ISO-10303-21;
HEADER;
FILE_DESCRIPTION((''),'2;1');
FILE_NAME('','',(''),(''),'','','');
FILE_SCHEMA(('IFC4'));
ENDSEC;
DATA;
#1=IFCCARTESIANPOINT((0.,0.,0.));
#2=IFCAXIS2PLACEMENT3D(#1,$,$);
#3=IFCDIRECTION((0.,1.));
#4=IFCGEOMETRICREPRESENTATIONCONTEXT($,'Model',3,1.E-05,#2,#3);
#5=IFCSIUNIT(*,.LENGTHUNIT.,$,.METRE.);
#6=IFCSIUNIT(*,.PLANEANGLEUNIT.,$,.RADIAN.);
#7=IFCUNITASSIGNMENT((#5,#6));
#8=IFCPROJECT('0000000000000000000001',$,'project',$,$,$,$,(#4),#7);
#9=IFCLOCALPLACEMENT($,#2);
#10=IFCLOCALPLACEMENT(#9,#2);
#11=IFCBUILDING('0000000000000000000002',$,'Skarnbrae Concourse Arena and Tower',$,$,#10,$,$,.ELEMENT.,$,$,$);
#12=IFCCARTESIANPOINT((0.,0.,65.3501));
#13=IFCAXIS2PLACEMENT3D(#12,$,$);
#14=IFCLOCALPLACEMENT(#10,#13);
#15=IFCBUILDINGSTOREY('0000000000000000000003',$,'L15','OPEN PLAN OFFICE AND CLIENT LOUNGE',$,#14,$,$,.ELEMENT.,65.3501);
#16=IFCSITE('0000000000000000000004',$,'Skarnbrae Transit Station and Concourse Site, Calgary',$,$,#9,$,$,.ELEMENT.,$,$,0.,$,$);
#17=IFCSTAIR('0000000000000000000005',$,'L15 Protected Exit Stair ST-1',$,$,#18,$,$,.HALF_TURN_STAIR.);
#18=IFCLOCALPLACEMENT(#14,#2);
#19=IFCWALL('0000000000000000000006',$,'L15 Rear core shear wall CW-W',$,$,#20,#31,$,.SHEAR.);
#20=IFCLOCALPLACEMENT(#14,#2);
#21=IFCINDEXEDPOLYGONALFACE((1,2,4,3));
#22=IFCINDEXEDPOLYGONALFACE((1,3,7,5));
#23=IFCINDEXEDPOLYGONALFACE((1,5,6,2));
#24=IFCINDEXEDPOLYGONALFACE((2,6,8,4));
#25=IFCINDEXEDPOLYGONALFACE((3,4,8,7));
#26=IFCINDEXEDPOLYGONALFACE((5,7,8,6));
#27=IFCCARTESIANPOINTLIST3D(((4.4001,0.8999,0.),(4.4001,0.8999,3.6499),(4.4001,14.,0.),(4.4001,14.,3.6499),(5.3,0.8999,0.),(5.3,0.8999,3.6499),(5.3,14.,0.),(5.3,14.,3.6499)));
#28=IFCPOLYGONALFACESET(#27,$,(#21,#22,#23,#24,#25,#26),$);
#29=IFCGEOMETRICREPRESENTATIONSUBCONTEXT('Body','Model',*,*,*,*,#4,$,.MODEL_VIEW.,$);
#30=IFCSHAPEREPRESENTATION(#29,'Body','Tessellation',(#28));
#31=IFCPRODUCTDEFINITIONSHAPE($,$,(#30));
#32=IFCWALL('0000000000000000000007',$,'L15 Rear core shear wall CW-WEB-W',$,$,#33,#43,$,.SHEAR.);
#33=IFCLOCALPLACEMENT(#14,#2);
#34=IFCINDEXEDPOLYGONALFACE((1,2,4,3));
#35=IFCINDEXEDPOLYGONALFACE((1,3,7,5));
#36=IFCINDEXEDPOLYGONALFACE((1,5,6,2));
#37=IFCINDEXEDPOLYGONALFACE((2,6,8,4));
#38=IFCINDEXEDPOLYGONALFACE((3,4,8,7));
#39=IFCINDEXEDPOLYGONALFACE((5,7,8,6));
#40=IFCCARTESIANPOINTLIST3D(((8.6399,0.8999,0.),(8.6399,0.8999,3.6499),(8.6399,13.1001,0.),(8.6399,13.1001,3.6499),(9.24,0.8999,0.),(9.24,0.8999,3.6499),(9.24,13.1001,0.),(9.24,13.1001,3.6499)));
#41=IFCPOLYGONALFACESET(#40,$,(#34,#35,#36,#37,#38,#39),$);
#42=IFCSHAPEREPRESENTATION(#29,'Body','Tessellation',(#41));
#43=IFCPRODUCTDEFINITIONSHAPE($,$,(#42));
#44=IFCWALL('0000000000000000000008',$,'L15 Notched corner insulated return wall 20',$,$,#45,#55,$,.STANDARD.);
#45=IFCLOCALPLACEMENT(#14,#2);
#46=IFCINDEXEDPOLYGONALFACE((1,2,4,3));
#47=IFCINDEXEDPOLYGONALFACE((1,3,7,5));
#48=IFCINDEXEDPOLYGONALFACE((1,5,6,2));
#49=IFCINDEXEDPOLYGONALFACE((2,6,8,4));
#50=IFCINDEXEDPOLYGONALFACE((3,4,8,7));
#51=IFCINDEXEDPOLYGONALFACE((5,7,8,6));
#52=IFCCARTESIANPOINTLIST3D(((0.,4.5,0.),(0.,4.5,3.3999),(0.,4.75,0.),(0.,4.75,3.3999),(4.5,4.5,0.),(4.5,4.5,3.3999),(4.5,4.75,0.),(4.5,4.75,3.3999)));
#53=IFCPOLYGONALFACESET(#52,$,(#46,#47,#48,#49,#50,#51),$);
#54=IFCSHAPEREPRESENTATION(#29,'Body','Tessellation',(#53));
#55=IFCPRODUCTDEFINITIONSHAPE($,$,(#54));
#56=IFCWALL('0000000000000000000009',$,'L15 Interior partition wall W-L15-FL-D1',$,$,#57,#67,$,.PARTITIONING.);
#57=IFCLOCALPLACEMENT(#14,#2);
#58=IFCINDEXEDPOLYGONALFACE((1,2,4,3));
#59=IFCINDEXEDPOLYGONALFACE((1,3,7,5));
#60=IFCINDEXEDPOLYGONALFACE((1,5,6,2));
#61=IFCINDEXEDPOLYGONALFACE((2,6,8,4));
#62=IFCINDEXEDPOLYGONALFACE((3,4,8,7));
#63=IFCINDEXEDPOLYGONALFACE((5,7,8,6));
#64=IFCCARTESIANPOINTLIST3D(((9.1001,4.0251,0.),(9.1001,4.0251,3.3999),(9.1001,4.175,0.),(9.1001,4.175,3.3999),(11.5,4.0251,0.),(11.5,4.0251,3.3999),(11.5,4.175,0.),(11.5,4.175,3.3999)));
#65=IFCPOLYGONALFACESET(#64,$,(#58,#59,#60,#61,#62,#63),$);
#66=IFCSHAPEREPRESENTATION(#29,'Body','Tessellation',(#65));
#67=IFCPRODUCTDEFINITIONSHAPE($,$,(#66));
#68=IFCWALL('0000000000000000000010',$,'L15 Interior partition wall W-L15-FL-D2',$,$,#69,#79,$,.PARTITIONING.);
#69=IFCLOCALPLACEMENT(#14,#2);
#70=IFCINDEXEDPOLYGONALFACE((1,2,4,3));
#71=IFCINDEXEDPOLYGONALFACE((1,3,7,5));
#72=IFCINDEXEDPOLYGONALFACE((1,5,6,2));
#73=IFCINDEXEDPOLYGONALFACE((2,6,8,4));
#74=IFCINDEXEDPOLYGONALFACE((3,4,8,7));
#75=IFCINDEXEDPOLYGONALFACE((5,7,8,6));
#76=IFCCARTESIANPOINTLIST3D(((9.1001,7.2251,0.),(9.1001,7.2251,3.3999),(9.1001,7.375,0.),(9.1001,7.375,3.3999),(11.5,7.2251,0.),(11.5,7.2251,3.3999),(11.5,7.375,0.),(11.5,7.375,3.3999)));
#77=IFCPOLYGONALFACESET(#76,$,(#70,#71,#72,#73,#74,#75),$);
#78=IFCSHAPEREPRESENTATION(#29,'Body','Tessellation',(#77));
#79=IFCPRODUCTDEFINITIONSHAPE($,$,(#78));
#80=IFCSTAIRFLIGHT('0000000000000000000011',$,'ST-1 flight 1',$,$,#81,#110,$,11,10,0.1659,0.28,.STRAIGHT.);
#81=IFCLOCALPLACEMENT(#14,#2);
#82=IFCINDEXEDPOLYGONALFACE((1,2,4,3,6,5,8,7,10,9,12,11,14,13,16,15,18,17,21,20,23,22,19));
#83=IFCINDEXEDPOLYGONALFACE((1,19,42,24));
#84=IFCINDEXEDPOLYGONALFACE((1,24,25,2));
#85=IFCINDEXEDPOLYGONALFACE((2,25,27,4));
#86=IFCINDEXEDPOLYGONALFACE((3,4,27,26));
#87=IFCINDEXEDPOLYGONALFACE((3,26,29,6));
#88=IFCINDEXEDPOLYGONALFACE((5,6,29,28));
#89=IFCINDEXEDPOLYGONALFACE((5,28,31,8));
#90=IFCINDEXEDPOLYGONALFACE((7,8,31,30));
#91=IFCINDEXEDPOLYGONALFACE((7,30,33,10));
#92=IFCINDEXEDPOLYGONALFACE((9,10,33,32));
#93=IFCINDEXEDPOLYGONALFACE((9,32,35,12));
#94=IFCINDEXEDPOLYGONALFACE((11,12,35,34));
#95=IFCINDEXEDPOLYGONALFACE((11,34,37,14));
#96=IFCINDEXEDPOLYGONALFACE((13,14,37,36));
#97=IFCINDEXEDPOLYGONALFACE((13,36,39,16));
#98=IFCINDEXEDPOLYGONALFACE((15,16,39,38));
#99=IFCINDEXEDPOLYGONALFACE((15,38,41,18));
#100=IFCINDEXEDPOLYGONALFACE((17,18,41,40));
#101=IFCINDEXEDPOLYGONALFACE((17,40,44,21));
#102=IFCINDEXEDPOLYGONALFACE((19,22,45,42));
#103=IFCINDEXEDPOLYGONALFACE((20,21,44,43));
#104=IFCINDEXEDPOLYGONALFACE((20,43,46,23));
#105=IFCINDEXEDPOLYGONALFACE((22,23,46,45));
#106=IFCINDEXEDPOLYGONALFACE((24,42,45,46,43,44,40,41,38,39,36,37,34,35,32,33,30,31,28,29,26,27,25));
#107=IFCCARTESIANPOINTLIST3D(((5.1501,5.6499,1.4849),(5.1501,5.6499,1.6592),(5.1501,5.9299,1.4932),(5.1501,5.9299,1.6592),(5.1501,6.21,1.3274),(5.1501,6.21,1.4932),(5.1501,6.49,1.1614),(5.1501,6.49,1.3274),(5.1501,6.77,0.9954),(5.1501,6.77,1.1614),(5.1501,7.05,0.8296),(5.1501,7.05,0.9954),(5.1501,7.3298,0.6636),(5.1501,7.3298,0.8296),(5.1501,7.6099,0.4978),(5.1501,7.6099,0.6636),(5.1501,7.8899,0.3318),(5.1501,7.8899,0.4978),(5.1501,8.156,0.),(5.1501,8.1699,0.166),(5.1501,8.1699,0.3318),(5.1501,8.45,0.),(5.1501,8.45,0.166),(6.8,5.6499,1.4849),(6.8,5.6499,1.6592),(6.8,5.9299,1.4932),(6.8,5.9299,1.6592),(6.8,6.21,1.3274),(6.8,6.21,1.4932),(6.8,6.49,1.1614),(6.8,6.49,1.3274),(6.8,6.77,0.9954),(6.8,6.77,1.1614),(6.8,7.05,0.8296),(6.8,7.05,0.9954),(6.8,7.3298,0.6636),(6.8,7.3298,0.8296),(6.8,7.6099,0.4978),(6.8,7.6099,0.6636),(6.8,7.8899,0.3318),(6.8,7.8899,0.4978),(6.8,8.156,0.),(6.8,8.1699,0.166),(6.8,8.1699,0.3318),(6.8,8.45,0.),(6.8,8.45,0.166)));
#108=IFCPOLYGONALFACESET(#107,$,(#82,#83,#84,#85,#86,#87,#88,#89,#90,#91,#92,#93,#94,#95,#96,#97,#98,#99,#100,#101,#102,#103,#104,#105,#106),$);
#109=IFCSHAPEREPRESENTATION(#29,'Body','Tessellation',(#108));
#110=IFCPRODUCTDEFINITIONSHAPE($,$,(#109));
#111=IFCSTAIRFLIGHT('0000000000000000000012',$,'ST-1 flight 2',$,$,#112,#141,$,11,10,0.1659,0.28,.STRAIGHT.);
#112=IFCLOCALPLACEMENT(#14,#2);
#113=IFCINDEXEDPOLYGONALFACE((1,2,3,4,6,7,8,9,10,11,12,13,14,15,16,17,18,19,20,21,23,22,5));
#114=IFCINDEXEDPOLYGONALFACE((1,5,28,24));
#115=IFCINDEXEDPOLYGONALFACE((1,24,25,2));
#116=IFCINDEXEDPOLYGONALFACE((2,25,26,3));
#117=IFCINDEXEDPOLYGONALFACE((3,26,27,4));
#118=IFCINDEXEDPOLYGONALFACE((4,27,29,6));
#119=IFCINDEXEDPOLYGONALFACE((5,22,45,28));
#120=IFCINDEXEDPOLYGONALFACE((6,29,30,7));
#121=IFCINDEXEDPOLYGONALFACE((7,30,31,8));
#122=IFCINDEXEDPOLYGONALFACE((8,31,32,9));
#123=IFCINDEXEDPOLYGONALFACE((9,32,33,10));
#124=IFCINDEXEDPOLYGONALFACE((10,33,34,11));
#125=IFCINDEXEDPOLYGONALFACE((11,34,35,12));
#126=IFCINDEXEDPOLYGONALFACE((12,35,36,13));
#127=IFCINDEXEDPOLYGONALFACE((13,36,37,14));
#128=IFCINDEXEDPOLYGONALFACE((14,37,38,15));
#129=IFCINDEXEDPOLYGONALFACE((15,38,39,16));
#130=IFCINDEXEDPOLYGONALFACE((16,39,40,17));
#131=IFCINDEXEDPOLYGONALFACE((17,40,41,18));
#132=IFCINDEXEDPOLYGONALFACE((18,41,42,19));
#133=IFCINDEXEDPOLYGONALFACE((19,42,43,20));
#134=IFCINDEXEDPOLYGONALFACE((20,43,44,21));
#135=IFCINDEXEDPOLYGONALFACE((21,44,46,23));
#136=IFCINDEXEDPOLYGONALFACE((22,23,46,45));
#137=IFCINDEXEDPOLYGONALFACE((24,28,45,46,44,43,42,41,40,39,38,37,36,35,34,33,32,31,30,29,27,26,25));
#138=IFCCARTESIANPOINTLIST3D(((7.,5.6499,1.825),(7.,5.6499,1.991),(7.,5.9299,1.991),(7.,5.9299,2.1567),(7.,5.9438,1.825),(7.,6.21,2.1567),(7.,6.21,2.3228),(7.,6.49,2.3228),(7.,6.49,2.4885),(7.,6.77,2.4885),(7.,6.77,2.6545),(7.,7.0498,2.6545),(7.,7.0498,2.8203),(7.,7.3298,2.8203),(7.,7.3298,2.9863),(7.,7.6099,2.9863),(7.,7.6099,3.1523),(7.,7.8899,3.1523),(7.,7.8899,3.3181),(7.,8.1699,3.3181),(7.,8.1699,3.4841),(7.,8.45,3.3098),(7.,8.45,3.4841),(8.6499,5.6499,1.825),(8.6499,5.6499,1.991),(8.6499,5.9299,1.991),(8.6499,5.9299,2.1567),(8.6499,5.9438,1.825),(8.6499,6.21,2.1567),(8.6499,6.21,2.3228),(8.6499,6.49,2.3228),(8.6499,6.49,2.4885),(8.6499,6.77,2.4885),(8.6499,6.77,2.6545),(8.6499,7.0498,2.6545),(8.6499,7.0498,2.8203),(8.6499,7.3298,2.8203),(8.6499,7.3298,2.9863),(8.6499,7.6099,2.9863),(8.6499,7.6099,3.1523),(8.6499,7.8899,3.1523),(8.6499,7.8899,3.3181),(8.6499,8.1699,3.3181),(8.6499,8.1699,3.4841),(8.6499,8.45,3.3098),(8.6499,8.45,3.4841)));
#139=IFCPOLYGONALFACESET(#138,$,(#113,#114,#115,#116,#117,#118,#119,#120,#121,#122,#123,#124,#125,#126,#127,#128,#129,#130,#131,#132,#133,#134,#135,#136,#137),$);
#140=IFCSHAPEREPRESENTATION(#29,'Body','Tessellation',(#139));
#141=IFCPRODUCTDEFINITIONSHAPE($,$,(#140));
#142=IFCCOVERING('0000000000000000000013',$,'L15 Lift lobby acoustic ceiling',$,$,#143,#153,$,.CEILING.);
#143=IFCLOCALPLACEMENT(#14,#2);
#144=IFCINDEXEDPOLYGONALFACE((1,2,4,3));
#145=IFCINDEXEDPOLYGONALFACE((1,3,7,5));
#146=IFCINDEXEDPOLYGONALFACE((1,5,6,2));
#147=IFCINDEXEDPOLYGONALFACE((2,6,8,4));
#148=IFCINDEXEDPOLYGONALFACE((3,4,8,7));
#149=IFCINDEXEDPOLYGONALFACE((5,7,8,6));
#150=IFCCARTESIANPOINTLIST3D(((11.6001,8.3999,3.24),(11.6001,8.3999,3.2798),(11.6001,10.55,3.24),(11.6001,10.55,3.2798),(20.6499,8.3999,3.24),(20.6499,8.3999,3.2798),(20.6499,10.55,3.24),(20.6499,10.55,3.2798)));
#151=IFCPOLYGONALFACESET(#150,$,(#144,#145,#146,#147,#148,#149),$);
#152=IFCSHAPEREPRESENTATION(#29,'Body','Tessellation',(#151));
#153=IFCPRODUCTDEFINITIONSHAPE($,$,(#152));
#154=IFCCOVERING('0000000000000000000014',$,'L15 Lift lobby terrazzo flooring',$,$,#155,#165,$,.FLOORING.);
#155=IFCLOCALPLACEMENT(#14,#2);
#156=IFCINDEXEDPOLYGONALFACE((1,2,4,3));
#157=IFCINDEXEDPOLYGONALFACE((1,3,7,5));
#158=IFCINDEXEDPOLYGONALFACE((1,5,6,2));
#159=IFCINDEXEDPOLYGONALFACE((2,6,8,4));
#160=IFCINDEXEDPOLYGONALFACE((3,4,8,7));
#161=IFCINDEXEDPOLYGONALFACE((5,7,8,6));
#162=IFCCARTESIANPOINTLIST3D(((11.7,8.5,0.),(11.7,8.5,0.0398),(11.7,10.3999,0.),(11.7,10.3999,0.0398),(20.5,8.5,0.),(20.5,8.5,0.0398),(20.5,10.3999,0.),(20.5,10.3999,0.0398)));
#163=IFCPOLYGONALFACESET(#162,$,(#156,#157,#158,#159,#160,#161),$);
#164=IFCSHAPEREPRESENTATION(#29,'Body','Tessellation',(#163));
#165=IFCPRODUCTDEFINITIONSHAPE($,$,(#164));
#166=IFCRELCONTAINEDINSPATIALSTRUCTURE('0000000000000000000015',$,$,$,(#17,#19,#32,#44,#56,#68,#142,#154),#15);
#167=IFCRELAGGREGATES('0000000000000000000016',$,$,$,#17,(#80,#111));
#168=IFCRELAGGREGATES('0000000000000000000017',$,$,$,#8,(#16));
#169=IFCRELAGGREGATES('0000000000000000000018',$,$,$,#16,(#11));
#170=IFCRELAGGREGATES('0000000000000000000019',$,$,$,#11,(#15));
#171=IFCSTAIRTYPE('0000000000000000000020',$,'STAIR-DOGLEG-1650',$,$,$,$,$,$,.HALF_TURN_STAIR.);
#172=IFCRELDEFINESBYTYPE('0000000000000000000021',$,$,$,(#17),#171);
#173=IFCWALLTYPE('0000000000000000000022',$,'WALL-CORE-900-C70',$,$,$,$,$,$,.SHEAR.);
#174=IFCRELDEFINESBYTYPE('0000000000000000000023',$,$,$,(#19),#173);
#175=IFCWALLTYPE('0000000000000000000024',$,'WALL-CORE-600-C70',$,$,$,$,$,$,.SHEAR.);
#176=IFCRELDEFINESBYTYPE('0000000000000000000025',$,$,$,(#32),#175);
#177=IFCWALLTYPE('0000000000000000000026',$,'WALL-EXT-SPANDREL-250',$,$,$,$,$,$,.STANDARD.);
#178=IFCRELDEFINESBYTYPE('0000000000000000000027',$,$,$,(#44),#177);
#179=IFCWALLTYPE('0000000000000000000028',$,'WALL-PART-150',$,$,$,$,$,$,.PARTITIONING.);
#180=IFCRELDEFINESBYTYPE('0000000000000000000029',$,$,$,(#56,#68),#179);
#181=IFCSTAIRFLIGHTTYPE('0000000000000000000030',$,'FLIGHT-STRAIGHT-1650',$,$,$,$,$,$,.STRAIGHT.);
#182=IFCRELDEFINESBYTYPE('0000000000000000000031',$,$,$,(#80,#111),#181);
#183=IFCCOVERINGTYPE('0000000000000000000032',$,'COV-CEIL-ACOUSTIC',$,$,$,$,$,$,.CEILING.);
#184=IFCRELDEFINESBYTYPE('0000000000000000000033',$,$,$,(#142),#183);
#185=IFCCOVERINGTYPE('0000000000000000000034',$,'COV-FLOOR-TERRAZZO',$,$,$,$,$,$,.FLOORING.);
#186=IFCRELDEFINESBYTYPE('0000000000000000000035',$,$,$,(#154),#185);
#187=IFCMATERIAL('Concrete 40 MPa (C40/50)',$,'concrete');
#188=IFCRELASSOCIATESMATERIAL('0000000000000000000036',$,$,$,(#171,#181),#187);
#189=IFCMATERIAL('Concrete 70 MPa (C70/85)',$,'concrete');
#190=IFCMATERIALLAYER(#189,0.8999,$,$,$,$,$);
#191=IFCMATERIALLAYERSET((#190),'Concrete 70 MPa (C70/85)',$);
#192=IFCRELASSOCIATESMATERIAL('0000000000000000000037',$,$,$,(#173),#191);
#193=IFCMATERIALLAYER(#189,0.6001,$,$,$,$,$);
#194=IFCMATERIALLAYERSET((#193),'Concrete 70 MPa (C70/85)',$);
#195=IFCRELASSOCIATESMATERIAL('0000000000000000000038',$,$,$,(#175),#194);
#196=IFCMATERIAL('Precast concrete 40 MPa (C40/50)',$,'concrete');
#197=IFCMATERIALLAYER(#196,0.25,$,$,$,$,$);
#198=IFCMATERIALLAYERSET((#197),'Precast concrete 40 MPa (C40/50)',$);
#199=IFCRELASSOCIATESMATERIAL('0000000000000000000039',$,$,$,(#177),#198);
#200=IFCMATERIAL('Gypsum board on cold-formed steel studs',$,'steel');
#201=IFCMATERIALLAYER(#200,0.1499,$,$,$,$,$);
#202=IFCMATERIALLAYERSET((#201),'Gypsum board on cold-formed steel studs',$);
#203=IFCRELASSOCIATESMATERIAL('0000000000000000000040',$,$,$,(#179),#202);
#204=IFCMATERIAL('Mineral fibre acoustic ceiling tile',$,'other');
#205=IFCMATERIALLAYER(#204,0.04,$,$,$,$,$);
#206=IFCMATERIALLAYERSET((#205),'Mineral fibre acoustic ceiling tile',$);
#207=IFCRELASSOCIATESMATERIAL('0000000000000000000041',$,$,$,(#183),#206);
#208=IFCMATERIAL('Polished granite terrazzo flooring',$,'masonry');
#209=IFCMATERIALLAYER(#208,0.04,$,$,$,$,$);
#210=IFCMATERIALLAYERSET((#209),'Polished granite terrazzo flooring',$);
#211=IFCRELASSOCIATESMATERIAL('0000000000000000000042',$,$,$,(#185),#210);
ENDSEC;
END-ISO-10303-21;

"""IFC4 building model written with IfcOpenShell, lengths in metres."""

from ifc_helpers import new_model, si_unit, direction, frame, frame_2d, origin, place, context, subcontext, project, spatial, polyline, rectangle, outline, extrude, source, transform, mapped, material, layer, layer_set, type_object, element, aggregate, save


model = new_model("IFC4")

# Units and contexts
model_context = context("Model", 3, precision=1e-05, world=origin(), true_north=direction((0.0, 1.0)))
body_context = subcontext(model_context, "Body", "Model", "MODEL_VIEW")
ifc_project = project(units=[si_unit("LENGTHUNIT", "METRE"), si_unit("PLANEANGLEUNIT", "RADIAN")], contexts=[model_context])

# Site, building, storey
site_placement = place(None, origin())
site = spatial("IfcSite", under=ifc_project, at=site_placement, Name="Skarnbrae Transit Station and Concourse Site, Calgary", CompositionType="ELEMENT", RefElevation=0.0)
building_placement = place(site_placement, origin())
building = spatial("IfcBuilding", under=site, at=building_placement, Name="Skarnbrae Concourse Arena and Tower", CompositionType="ELEMENT")
storey_placement = place(building_placement, frame((0.0, 0.0, 65.3501)))
storey = spatial("IfcBuildingStorey", under=building, at=storey_placement, Name="L15", Description="OPEN PLAN OFFICE AND CLIENT LOUNGE", CompositionType="ELEMENT", Elevation=65.3501)

# Stair
ifc_material_1 = material(Name="Concrete 40 MPa (C40/50)", Category="concrete")
stair_type = type_object("IfcStairType", Name="STAIR-DOGLEG-1650", PredefinedType="HALF_TURN_STAIR", material=ifc_material_1)
stair_1_placement = place(storey_placement, origin())
stair_1 = element("IfcStair", 1, at=stair_1_placement, inside=storey, type_object=stair_type, Name="L15 Protected Exit Stair ST-1", PredefinedType="HALF_TURN_STAIR")

# Walls
ifc_material_2 = material(Name="Concrete 70 MPa (C70/85)", Category="concrete")
ifc_layer_1 = layer(ifc_material_2, 0.8999)
ifc_layer_set_1 = layer_set([ifc_layer_1], Name="Concrete 70 MPa (C70/85)")
wall_type_1 = type_object("IfcWallType", Name="WALL-CORE-900-C70", PredefinedType="SHEAR", material=ifc_layer_set_1)
shared_shape_1 = source(origin(), body_context, "Body", "SweptSolid", [
    extrude(rectangle(XDim=13.1001, YDim=0.8999, at=frame_2d((6.55, 0.0))), origin(), (0.0, 0.0, 1.0), 3.6499),
])
wall_1_placement = place(storey_placement, frame((4.8501, 0.8999, 0.0), z_axis=(0.0, 0.0, 1.0), x_axis=(0.0, 1.0, 0.0)))
element("IfcWall", 2, at=wall_1_placement, inside=storey, type_object=wall_type_1, Name="L15 Rear core shear wall CW-W", PredefinedType="SHEAR", context=body_context, shape_type="MappedRepresentation", body=[
    mapped(shared_shape_1, transform((0.0, 0.0, 0.0))),
])
ifc_layer_2 = layer(ifc_material_2, 0.6001)
ifc_layer_set_2 = layer_set([ifc_layer_2], Name="Concrete 70 MPa (C70/85)")
wall_type_2 = type_object("IfcWallType", Name="WALL-CORE-600-C70", PredefinedType="SHEAR", material=ifc_layer_set_2)
shared_shape_2 = source(origin(), body_context, "Body", "SweptSolid", [
    extrude(rectangle(XDim=12.2002, YDim=0.6001, at=frame_2d((6.1001, 0.0))), origin(), (0.0, 0.0, 1.0), 3.6499),
])
wall_2_placement = place(storey_placement, frame((8.9399, 0.8999, 0.0), z_axis=(0.0, 0.0, 1.0), x_axis=(0.0, 1.0, 0.0)))
element("IfcWall", 3, at=wall_2_placement, inside=storey, type_object=wall_type_2, Name="L15 Rear core shear wall CW-WEB-W", PredefinedType="SHEAR", context=body_context, shape_type="MappedRepresentation", body=[
    mapped(shared_shape_2, transform((0.0, 0.0, 0.0))),
])

# Walls
ifc_material_3 = material(Name="Precast concrete 40 MPa (C40/50)", Category="concrete")
ifc_layer_3 = layer(ifc_material_3, 0.25)
ifc_layer_set_3 = layer_set([ifc_layer_3], Name="Precast concrete 40 MPa (C40/50)")
wall_type_3 = type_object("IfcWallType", Name="WALL-EXT-SPANDREL-250", PredefinedType="STANDARD", material=ifc_layer_set_3)
shared_shape_3 = source(origin(), body_context, "Body", "SweptSolid", [
    extrude(rectangle(XDim=4.5, YDim=0.25, at=frame_2d((2.25, 0.0))), origin(), (0.0, 0.0, 1.0), 3.3999),
])
wall_3_placement = place(storey_placement, frame((0.0, 4.625, 0.0), z_axis=(0.0, 0.0, 1.0), x_axis=(1.0, 0.0, 0.0)))
element("IfcWall", 4, at=wall_3_placement, inside=storey, type_object=wall_type_3, Name="L15 Notched corner insulated return wall 20", PredefinedType="STANDARD", context=body_context, shape_type="MappedRepresentation", body=[
    mapped(shared_shape_3, transform((0.0, 0.0, 0.0))),
])
ifc_material_4 = material(Name="Gypsum board on cold-formed steel studs", Category="steel")
ifc_layer_4 = layer(ifc_material_4, 0.1499)
ifc_layer_set_4 = layer_set([ifc_layer_4], Name="Gypsum board on cold-formed steel studs")
wall_type_4 = type_object("IfcWallType", Name="WALL-PART-150", PredefinedType="PARTITIONING", material=ifc_layer_set_4)
shared_shape_4 = source(origin(), body_context, "Body", "SweptSolid", [
    extrude(rectangle(XDim=2.3999, YDim=0.1499, at=frame_2d((1.2, 0.0))), origin(), (0.0, 0.0, 1.0), 3.3999),
])
for number, where, z_axis, x_axis, name in (
    (5, (9.1001, 4.1001, 0.0), (0.0, 0.0, 1.0), (1.0, 0.0, 0.0), "L15 Interior partition wall W-L15-FL-D1"),
    (6, (9.1001, 7.3, 0.0), (0.0, 0.0, 1.0), (1.0, 0.0, 0.0), "L15 Interior partition wall W-L15-FL-D2"),
):
    element("IfcWall", number, at=place(storey_placement, frame(where, z_axis=z_axis, x_axis=x_axis)), inside=storey, type_object=wall_type_4, Name=name, PredefinedType="PARTITIONING", context=body_context, shape_type="MappedRepresentation", body=[
        mapped(shared_shape_4, transform((0.0, 0.0, 0.0))),
    ])

# Stair flights
stair_flight_type = type_object("IfcStairFlightType", Name="FLIGHT-STRAIGHT-1650", PredefinedType="STRAIGHT", material=ifc_material_1)
shared_shape_5 = source(origin(), body_context, "Body", "SweptSolid", [
    extrude(outline(polyline([(0.0, 0.0), (0.0, 0.166), (0.28, 0.166), (0.28, 0.3318), (0.5601, 0.3318), (0.5601, 0.4978), (0.8401, 0.4978), (0.8401, 0.6636), (1.1201, 0.6636), (1.1201, 0.8296), (1.3999, 0.8296), (1.3999, 0.9954), (1.6799, 0.9954), (1.6799, 1.1614), (1.96, 1.1614), (1.96, 1.3274), (2.24, 1.3274), (2.24, 1.4932), (2.52, 1.4932), (2.52, 1.6592), (2.8, 1.6592), (2.8, 1.825), (2.8, 1.4849), (0.2939, 0.0), (0.0, 0.0)])), frame((0.0, 0.825, 0.0), z_axis=(0.0, -1.0, 0.0), x_axis=(1.0, 0.0, 0.0)), (0.0, 0.0, 1.0), 1.6499),
])
stair_flight_1_placement = place(storey_placement, frame((5.9751, 8.45, 0.0), z_axis=(0.0, 0.0, 1.0), x_axis=(0.0, -1.0, 0.0)))
stair_flight_1 = element("IfcStairFlight", 7, at=stair_flight_1_placement, type_object=stair_flight_type, Name="ST-1 flight 1", NumberOfRisers=11, NumberOfTreads=10, PredefinedType="STRAIGHT", RiserHeight=0.1659, TreadLength=0.28, context=body_context, shape_type="MappedRepresentation", body=[
    mapped(shared_shape_5, transform((0.0, 0.0, 0.0))),
])
stair_flight_2_placement = place(storey_placement, frame((7.825, 5.6499, 1.825), z_axis=(0.0, 0.0, 1.0), x_axis=(0.0, 1.0, 0.0)))
stair_flight_2 = element("IfcStairFlight", 8, at=stair_flight_2_placement, type_object=stair_flight_type, Name="ST-1 flight 2", NumberOfRisers=11, NumberOfTreads=10, PredefinedType="STRAIGHT", RiserHeight=0.1659, TreadLength=0.28, context=body_context, shape_type="MappedRepresentation", body=[
    mapped(shared_shape_5, transform((0.0, 0.0, 0.0))),
])
aggregate(stair_1, [stair_flight_1, stair_flight_2])

# Coverings
ifc_material_5 = material(Name="Mineral fibre acoustic ceiling tile", Category="other")
ifc_layer_5 = layer(ifc_material_5, 0.04)
ifc_layer_set_5 = layer_set([ifc_layer_5], Name="Mineral fibre acoustic ceiling tile")
covering_type_1 = type_object("IfcCoveringType", Name="COV-CEIL-ACOUSTIC", PredefinedType="CEILING", material=ifc_layer_set_5)
covering_1_placement = place(storey_placement, frame((0.0, 0.0, 3.24)))
element("IfcCovering", 9, at=covering_1_placement, inside=storey, type_object=covering_type_1, Name="L15 Lift lobby acoustic ceiling", PredefinedType="CEILING", context=body_context, shape_type="SweptSolid", body=[
    extrude(outline(polyline([(11.6001, 8.3999), (20.6499, 8.3999), (20.6499, 10.55), (11.6001, 10.55), (11.6001, 8.3999)])), origin(), (0.0, 0.0, 1.0), 0.0398),
])
ifc_material_6 = material(Name="Polished granite terrazzo flooring", Category="masonry")
ifc_layer_6 = layer(ifc_material_6, 0.04)
ifc_layer_set_6 = layer_set([ifc_layer_6], Name="Polished granite terrazzo flooring")
covering_type_2 = type_object("IfcCoveringType", Name="COV-FLOOR-TERRAZZO", PredefinedType="FLOORING", material=ifc_layer_set_6)
covering_2_placement = place(storey_placement, origin())
element("IfcCovering", 10, at=covering_2_placement, inside=storey, type_object=covering_type_2, Name="L15 Lift lobby terrazzo flooring", PredefinedType="FLOORING", context=body_context, shape_type="SweptSolid", body=[
    extrude(outline(polyline([(11.7, 8.5), (20.5, 8.5), (20.5, 10.3999), (11.7, 10.3999), (11.7, 8.5)])), origin(), (0.0, 0.0, 1.0), 0.0398),
])

save(model, "model.ifc")
